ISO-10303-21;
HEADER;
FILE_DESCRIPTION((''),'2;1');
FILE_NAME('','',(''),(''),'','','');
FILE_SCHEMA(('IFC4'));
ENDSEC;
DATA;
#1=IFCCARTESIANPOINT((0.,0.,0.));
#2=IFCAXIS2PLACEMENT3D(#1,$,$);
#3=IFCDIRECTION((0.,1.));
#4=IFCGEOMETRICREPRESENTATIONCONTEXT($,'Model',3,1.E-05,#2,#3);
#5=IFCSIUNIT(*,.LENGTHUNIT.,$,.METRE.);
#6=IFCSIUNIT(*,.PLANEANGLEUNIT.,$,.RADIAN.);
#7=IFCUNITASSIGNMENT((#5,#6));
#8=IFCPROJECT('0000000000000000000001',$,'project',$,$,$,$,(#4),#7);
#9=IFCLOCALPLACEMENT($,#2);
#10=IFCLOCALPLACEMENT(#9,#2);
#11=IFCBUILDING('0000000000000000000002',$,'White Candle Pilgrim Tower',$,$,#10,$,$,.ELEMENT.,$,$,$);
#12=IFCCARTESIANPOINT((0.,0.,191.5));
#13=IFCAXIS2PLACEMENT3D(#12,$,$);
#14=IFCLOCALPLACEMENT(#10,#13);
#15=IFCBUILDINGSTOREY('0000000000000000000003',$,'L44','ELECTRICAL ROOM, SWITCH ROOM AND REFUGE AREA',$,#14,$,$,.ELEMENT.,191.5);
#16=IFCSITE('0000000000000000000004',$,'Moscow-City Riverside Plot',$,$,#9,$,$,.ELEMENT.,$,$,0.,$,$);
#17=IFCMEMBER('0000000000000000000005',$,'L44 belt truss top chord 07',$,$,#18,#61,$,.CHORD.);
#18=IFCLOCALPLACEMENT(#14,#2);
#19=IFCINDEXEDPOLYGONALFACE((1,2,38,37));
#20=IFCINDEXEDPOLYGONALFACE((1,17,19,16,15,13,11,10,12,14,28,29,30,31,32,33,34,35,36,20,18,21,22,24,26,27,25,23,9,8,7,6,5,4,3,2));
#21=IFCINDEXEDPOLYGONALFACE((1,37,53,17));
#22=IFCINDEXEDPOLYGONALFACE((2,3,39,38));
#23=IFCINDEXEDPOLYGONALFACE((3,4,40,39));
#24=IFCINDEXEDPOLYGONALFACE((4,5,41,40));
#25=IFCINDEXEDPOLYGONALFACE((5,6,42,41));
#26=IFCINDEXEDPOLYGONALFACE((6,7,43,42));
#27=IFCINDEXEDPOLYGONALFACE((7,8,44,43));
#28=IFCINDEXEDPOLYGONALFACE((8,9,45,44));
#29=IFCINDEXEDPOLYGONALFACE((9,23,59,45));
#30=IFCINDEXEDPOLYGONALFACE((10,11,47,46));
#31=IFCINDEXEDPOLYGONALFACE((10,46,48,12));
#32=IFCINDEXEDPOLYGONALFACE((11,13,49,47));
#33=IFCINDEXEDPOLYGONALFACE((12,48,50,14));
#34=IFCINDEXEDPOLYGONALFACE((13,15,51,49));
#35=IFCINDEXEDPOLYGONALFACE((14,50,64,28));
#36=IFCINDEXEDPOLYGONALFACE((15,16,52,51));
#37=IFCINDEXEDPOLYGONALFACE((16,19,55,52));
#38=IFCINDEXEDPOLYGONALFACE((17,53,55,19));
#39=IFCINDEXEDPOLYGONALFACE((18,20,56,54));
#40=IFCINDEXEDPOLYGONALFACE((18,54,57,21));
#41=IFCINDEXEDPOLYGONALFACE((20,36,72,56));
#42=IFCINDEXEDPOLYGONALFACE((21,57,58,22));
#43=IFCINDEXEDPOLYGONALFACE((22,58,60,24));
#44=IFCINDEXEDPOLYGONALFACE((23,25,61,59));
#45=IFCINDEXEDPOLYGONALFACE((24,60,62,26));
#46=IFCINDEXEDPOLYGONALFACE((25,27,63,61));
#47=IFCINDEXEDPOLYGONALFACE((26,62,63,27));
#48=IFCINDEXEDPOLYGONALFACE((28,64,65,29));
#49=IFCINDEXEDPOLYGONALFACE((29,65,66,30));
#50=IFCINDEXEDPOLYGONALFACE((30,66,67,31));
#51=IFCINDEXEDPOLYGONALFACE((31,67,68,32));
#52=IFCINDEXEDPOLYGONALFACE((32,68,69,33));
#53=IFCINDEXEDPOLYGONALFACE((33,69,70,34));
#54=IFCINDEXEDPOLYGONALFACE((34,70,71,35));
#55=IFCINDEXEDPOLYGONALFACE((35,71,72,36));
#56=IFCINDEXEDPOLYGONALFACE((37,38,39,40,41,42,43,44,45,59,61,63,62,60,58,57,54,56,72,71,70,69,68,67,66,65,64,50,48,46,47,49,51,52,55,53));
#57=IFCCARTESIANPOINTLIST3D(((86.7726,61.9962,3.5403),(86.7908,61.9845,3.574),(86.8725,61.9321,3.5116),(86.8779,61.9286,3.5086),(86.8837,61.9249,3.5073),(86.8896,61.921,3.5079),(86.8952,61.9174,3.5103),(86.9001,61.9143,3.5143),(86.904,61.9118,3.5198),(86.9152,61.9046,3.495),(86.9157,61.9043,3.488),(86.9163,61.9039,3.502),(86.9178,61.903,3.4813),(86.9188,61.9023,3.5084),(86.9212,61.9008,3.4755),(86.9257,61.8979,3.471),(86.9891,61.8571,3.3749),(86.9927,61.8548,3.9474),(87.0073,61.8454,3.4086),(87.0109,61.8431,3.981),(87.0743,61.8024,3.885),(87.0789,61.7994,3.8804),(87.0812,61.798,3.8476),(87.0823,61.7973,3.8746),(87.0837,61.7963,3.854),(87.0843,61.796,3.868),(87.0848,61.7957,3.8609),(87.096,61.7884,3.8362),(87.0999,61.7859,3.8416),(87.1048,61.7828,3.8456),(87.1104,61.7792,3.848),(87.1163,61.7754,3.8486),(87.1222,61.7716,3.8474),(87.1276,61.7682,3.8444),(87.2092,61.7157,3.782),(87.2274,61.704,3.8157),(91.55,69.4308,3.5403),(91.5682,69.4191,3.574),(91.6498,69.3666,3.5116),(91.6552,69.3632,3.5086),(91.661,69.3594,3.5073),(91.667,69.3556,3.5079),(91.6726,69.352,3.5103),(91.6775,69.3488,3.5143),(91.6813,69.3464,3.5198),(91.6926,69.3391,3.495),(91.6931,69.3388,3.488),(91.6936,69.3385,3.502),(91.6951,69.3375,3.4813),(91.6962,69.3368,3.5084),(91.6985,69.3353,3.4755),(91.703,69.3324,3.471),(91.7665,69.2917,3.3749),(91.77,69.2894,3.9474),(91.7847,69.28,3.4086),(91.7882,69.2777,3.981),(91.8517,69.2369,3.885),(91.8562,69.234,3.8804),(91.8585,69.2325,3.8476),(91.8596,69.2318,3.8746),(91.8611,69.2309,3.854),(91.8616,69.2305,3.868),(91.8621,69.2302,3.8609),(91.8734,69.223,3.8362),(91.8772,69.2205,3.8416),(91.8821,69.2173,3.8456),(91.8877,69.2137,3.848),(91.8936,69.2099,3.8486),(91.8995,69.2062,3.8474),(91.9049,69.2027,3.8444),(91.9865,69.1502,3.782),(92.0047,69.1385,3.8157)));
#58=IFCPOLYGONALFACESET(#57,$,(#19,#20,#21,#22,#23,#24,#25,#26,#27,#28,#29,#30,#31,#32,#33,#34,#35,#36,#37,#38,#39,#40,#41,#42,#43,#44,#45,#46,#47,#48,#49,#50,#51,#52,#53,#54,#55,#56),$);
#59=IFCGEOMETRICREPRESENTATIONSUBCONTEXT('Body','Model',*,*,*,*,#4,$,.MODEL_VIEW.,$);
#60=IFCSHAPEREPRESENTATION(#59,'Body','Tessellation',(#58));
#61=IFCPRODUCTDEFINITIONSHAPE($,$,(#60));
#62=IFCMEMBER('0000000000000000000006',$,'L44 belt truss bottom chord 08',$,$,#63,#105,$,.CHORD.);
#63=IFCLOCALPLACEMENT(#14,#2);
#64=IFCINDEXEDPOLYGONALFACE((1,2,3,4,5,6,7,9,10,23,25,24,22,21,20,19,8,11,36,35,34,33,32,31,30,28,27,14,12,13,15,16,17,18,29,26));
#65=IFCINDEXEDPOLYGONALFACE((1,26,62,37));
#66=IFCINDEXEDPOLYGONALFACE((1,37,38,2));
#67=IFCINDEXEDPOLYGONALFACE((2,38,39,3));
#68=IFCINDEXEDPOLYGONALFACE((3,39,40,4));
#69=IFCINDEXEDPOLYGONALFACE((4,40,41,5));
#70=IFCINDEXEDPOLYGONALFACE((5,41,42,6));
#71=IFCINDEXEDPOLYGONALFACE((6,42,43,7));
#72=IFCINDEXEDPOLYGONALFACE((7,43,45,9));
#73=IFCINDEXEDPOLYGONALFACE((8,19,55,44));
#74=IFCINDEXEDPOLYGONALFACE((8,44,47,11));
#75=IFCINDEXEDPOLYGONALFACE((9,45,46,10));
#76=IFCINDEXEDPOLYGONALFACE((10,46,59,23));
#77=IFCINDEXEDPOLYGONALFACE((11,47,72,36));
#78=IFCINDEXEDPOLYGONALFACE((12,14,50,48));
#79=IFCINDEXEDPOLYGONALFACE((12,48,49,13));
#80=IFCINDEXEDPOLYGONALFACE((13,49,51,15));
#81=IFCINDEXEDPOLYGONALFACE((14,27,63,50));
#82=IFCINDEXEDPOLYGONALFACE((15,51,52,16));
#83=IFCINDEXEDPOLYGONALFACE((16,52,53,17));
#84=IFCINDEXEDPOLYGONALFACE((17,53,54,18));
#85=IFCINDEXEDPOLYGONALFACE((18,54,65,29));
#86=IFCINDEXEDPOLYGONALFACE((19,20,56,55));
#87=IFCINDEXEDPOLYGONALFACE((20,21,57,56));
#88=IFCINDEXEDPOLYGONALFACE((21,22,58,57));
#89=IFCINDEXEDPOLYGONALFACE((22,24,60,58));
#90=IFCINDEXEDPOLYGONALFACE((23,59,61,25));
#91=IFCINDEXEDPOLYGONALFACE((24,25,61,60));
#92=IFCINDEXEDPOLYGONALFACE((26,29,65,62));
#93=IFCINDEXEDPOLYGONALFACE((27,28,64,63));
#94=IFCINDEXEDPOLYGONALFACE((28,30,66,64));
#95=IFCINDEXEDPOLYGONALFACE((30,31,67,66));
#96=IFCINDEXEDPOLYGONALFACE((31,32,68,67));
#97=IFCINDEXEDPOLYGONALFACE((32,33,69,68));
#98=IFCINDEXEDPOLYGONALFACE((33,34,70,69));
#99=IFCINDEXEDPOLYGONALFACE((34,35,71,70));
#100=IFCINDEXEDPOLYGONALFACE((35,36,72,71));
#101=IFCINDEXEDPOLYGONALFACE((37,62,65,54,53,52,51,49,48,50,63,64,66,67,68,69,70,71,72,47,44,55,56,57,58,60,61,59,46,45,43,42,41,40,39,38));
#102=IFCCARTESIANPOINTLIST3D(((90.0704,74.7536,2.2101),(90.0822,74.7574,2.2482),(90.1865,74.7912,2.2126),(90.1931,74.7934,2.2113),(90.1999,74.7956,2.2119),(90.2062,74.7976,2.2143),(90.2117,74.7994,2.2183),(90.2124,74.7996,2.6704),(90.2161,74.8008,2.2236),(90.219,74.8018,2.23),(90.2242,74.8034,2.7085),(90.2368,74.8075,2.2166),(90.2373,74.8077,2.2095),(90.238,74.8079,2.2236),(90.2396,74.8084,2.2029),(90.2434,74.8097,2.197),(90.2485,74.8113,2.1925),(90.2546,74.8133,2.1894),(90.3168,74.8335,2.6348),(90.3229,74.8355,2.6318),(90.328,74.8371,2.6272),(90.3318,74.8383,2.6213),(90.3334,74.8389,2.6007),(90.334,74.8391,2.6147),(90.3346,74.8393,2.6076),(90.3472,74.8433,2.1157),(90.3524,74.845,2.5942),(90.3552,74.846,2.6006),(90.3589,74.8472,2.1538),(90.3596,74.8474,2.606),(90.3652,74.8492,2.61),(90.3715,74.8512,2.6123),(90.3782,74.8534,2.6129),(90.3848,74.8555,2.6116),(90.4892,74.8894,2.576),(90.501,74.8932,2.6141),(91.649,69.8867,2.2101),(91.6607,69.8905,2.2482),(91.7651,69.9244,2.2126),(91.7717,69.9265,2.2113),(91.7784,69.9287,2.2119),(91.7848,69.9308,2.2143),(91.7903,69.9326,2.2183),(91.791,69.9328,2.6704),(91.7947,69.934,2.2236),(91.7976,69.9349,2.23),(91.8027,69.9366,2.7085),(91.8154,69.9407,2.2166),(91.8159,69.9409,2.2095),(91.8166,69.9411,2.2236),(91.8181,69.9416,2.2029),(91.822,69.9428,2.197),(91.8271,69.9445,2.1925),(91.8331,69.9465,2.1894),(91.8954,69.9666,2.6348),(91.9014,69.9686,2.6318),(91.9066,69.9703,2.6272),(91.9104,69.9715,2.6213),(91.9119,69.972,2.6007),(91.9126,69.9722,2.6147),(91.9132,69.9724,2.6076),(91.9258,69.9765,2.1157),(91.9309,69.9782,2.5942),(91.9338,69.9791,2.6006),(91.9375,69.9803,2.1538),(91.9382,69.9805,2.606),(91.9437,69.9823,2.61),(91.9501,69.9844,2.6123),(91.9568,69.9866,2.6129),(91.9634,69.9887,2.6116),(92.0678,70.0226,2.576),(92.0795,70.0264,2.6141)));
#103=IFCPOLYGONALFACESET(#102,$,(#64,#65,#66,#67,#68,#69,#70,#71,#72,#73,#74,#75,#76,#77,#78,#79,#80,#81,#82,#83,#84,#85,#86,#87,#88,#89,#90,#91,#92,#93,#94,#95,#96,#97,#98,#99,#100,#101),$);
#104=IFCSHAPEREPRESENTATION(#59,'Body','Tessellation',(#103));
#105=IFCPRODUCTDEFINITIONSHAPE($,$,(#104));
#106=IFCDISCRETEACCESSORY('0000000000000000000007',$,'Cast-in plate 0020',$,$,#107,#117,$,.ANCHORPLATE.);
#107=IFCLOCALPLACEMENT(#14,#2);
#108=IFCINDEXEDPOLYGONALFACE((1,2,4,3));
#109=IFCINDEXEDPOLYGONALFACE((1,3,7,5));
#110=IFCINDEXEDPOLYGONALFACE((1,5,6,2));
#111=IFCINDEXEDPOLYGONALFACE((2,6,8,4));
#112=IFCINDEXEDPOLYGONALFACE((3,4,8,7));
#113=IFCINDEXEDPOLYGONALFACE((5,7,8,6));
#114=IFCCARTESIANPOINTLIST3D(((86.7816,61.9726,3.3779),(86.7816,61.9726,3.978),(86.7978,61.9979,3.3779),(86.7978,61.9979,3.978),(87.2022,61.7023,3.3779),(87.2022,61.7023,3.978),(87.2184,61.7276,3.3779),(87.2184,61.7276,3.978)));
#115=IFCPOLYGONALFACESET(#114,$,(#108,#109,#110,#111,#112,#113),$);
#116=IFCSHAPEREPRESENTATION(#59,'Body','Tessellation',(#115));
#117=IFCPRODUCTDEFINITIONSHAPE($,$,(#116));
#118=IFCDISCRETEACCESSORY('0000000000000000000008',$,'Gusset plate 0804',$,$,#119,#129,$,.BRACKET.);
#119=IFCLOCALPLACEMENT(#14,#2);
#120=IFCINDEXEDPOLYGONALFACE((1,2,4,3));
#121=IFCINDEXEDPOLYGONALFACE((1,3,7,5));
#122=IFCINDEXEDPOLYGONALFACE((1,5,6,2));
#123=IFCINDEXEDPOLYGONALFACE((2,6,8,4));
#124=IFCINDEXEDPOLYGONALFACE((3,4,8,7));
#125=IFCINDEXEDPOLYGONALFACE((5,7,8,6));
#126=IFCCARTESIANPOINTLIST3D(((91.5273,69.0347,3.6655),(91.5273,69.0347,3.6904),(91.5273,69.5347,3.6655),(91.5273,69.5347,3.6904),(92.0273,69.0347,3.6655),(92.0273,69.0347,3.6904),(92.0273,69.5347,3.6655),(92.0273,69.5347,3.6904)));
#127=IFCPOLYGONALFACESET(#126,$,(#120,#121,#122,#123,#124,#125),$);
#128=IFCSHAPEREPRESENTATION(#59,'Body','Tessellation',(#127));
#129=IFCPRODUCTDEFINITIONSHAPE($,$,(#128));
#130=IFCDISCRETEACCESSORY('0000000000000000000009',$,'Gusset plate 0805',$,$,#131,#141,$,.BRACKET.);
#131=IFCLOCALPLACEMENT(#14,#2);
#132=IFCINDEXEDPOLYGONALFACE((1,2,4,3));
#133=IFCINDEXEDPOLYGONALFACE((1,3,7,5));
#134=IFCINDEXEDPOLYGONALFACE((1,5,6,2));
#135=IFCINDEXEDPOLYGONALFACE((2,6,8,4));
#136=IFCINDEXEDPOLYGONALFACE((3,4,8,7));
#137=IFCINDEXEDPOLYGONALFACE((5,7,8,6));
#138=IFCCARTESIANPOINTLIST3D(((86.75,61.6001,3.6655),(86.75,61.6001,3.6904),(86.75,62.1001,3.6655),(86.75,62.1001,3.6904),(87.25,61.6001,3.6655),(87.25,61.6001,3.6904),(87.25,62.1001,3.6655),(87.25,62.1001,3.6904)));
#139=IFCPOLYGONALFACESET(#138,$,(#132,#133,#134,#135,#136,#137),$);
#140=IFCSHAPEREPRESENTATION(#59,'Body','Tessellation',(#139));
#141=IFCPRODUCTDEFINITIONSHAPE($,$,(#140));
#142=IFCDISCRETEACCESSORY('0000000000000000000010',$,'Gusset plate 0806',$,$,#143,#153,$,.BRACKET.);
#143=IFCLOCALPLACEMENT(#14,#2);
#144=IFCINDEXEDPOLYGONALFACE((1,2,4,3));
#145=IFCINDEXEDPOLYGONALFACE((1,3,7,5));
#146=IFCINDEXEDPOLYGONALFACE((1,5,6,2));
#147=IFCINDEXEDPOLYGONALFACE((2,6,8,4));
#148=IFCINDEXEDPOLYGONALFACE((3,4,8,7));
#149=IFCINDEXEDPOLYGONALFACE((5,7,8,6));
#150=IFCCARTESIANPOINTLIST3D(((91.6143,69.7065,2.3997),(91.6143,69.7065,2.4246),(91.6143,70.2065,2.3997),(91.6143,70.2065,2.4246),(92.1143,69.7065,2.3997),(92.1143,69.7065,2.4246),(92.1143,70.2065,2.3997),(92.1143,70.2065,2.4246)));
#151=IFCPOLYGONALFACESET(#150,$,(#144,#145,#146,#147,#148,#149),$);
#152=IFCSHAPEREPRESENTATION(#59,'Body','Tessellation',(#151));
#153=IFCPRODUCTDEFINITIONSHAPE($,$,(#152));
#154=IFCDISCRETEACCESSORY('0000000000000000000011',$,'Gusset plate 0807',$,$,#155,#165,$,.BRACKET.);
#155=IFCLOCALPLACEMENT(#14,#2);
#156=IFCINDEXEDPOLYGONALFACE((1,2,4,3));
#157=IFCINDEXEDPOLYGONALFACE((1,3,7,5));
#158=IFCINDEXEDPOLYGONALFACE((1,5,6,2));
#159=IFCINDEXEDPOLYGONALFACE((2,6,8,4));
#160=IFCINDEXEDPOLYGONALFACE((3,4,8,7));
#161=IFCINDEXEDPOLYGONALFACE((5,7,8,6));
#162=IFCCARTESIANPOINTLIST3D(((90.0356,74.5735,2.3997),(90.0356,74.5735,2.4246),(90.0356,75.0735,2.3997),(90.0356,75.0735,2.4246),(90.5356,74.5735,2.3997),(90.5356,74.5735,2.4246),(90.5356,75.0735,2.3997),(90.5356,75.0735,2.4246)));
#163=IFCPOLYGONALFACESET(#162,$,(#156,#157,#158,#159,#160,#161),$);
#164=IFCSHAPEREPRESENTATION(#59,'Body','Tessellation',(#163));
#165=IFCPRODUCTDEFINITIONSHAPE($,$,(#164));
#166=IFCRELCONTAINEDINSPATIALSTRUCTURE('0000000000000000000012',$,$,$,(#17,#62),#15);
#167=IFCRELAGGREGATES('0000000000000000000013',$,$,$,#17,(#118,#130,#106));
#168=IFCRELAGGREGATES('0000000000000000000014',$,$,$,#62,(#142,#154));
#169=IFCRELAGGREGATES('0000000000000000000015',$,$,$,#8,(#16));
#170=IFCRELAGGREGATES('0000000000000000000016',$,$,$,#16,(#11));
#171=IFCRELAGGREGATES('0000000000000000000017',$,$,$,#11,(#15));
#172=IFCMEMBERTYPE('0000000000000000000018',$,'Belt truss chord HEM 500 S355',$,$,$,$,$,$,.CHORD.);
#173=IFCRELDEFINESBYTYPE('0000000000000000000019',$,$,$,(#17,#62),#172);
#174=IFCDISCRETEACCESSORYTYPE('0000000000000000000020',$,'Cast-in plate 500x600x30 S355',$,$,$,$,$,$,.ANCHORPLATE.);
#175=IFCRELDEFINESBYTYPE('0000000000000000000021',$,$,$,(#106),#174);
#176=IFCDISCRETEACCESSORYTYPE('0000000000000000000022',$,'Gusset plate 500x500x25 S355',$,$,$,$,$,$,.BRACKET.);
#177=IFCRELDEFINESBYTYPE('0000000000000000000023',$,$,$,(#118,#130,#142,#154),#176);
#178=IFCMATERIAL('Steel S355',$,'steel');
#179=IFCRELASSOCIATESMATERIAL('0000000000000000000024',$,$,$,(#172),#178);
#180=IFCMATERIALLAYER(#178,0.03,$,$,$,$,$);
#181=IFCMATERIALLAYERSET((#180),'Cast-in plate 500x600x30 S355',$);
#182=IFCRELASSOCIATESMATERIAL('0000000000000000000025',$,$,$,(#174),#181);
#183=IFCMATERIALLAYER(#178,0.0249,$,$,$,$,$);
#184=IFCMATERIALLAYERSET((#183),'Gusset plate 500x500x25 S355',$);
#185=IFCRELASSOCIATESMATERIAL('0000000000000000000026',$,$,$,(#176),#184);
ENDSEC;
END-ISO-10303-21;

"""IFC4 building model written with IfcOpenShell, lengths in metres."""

from ifc_helpers import new_model, si_unit, direction, frame, origin, origin_2d, place, context, subcontext, project, spatial, rectangle, i_section, extrude, material, layer, layer_set, material_profile, profile_set, type_object, element, aggregate, save


model = new_model("IFC4")

# Units and contexts
model_context = context("Model", 3, precision=1e-05, world=origin(), true_north=direction((0.0, 1.0)))
body_context = subcontext(model_context, "Body", "Model", "MODEL_VIEW")
ifc_project = project(units=[si_unit("LENGTHUNIT", "METRE"), si_unit("PLANEANGLEUNIT", "RADIAN")], contexts=[model_context])

# Site, building, storey
site_placement = place(None, origin())
site = spatial("IfcSite", under=ifc_project, at=site_placement, Name="Moscow-City Riverside Plot", CompositionType="ELEMENT", RefElevation=0.0)
building_placement = place(site_placement, origin())
building = spatial("IfcBuilding", under=site, at=building_placement, Name="White Candle Pilgrim Tower", CompositionType="ELEMENT")
storey_placement = place(building_placement, frame((0.0, 0.0, 191.5)))
storey = spatial("IfcBuildingStorey", under=building, at=storey_placement, Name="L44", Description="ELECTRICAL ROOM, SWITCH ROOM AND REFUGE AREA", CompositionType="ELEMENT", Elevation=191.5)

# Members
ifc_material_1 = material(Name="Steel S355", Category="steel")
ifc_material_profile_1 = material_profile(ifc_material_1, i_section(OverallWidth=0.3059, OverallDepth=0.5239, WebThickness=0.021, FlangeThickness=0.04, FilletRadius=0.0271, at=origin_2d()), Name="HEM 500")
ifc_profile_set_1 = profile_set([ifc_material_profile_1], Name="Steel S355")
member_type_1 = type_object("IfcMemberType", Name="Belt truss chord HEM 500 S355", PredefinedType="CHORD", material=ifc_profile_set_1)
member_1_placement = place(storey_placement, frame((91.7773, 69.2847, 3.678), z_axis=(-0.540596, -0.841283, 0.0), x_axis=(0.707758, -0.454794, -0.540593)))
member_1 = element("IfcMember", 1, at=member_1_placement, inside=storey, type_object=member_type_1, Name="L44 belt truss top chord 07", PredefinedType="CHORD", context=body_context, shape_type="SweptSolid", body=[
    extrude(i_section(OverallWidth=0.3059, OverallDepth=0.5239, WebThickness=0.021, FlangeThickness=0.04, FilletRadius=0.0271, at=origin_2d()), origin(), (0.0, 0.0, 1.0), 8.8372),
])
member_2_placement = place(storey_placement, frame((91.8643, 69.9565, 2.4121), z_axis=(-0.30853, 0.951214, 0.0), x_axis=(0.904807, 0.293478, -0.308536)))
member_2 = element("IfcMember", 2, at=member_2_placement, inside=storey, type_object=member_type_1, Name="L44 belt truss bottom chord 08", PredefinedType="CHORD", context=body_context, shape_type="SweptSolid", body=[
    extrude(i_section(OverallWidth=0.3059, OverallDepth=0.5239, WebThickness=0.021, FlangeThickness=0.04, FilletRadius=0.0271, at=origin_2d()), origin(), (0.0, 0.0, 1.0), 5.1165),
])

# Discrete accessories
ifc_layer_1 = layer(ifc_material_1, 0.03)
ifc_layer_set_1 = layer_set([ifc_layer_1], Name="Cast-in plate 500x600x30 S355")
discrete_accessory_type_1 = type_object("IfcDiscreteAccessoryType", Name="Cast-in plate 500x600x30 S355", PredefinedType="ANCHORPLATE", material=ifc_layer_set_1)
discrete_accessory_1_placement = place(storey_placement, frame((87.0, 61.8501, 3.3779), z_axis=(0.0, 0.0, 1.0), x_axis=(0.540593, 0.841284, 0.0)))
discrete_accessory_1 = element("IfcDiscreteAccessory", 3, at=discrete_accessory_1_placement, type_object=discrete_accessory_type_1, Name="Cast-in plate 0020", PredefinedType="ANCHORPLATE", context=body_context, shape_type="SweptSolid", body=[
    extrude(rectangle(XDim=0.03, YDim=0.5, at=origin_2d()), origin(), (0.0, 0.0, 1.0), 0.6001),
])
ifc_layer_2 = layer(ifc_material_1, 0.0249)
ifc_layer_set_2 = layer_set([ifc_layer_2], Name="Gusset plate 500x500x25 S355")
discrete_accessory_type_2 = type_object("IfcDiscreteAccessoryType", Name="Gusset plate 500x500x25 S355", PredefinedType="BRACKET", material=ifc_layer_set_2)
discrete_accessory_2_placement = place(storey_placement, frame((91.7773, 69.2847, 3.6655), z_axis=(0.0, 0.0, 1.0), x_axis=(1.0, 0.0, 0.0)))
discrete_accessory_2 = element("IfcDiscreteAccessory", 4, at=discrete_accessory_2_placement, type_object=discrete_accessory_type_2, Name="Gusset plate 0804", PredefinedType="BRACKET", context=body_context, shape_type="SweptSolid", body=[
    extrude(rectangle(XDim=0.5, YDim=0.5, at=origin_2d()), origin(), (0.0, 0.0, 1.0), 0.0249),
])
discrete_accessory_3_placement = place(storey_placement, frame((87.0, 61.8501, 3.6655), z_axis=(0.0, 0.0, 1.0), x_axis=(1.0, 0.0, 0.0)))
discrete_accessory_3 = element("IfcDiscreteAccessory", 5, at=discrete_accessory_3_placement, type_object=discrete_accessory_type_2, Name="Gusset plate 0805", PredefinedType="BRACKET", context=body_context, shape_type="SweptSolid", body=[
    extrude(rectangle(XDim=0.5, YDim=0.5, at=origin_2d()), origin(), (0.0, 0.0, 1.0), 0.0249),
])
aggregate(member_1, [discrete_accessory_2, discrete_accessory_3, discrete_accessory_1])
discrete_accessory_4_placement = place(storey_placement, frame((91.8643, 69.9565, 2.3997), z_axis=(0.0, 0.0, 1.0), x_axis=(1.0, 0.0, 0.0)))
discrete_accessory_4 = element("IfcDiscreteAccessory", 6, at=discrete_accessory_4_placement, type_object=discrete_accessory_type_2, Name="Gusset plate 0806", PredefinedType="BRACKET", context=body_context, shape_type="SweptSolid", body=[
    extrude(rectangle(XDim=0.5, YDim=0.5, at=origin_2d()), origin(), (0.0, 0.0, 1.0), 0.0249),
])
discrete_accessory_5_placement = place(storey_placement, frame((90.2856, 74.8235, 2.3997), z_axis=(0.0, 0.0, 1.0), x_axis=(1.0, 0.0, 0.0)))
discrete_accessory_5 = element("IfcDiscreteAccessory", 7, at=discrete_accessory_5_placement, type_object=discrete_accessory_type_2, Name="Gusset plate 0807", PredefinedType="BRACKET", context=body_context, shape_type="SweptSolid", body=[
    extrude(rectangle(XDim=0.5, YDim=0.5, at=origin_2d()), origin(), (0.0, 0.0, 1.0), 0.0249),
])
aggregate(member_2, [discrete_accessory_4, discrete_accessory_5])

save(model, "model.ifc")
